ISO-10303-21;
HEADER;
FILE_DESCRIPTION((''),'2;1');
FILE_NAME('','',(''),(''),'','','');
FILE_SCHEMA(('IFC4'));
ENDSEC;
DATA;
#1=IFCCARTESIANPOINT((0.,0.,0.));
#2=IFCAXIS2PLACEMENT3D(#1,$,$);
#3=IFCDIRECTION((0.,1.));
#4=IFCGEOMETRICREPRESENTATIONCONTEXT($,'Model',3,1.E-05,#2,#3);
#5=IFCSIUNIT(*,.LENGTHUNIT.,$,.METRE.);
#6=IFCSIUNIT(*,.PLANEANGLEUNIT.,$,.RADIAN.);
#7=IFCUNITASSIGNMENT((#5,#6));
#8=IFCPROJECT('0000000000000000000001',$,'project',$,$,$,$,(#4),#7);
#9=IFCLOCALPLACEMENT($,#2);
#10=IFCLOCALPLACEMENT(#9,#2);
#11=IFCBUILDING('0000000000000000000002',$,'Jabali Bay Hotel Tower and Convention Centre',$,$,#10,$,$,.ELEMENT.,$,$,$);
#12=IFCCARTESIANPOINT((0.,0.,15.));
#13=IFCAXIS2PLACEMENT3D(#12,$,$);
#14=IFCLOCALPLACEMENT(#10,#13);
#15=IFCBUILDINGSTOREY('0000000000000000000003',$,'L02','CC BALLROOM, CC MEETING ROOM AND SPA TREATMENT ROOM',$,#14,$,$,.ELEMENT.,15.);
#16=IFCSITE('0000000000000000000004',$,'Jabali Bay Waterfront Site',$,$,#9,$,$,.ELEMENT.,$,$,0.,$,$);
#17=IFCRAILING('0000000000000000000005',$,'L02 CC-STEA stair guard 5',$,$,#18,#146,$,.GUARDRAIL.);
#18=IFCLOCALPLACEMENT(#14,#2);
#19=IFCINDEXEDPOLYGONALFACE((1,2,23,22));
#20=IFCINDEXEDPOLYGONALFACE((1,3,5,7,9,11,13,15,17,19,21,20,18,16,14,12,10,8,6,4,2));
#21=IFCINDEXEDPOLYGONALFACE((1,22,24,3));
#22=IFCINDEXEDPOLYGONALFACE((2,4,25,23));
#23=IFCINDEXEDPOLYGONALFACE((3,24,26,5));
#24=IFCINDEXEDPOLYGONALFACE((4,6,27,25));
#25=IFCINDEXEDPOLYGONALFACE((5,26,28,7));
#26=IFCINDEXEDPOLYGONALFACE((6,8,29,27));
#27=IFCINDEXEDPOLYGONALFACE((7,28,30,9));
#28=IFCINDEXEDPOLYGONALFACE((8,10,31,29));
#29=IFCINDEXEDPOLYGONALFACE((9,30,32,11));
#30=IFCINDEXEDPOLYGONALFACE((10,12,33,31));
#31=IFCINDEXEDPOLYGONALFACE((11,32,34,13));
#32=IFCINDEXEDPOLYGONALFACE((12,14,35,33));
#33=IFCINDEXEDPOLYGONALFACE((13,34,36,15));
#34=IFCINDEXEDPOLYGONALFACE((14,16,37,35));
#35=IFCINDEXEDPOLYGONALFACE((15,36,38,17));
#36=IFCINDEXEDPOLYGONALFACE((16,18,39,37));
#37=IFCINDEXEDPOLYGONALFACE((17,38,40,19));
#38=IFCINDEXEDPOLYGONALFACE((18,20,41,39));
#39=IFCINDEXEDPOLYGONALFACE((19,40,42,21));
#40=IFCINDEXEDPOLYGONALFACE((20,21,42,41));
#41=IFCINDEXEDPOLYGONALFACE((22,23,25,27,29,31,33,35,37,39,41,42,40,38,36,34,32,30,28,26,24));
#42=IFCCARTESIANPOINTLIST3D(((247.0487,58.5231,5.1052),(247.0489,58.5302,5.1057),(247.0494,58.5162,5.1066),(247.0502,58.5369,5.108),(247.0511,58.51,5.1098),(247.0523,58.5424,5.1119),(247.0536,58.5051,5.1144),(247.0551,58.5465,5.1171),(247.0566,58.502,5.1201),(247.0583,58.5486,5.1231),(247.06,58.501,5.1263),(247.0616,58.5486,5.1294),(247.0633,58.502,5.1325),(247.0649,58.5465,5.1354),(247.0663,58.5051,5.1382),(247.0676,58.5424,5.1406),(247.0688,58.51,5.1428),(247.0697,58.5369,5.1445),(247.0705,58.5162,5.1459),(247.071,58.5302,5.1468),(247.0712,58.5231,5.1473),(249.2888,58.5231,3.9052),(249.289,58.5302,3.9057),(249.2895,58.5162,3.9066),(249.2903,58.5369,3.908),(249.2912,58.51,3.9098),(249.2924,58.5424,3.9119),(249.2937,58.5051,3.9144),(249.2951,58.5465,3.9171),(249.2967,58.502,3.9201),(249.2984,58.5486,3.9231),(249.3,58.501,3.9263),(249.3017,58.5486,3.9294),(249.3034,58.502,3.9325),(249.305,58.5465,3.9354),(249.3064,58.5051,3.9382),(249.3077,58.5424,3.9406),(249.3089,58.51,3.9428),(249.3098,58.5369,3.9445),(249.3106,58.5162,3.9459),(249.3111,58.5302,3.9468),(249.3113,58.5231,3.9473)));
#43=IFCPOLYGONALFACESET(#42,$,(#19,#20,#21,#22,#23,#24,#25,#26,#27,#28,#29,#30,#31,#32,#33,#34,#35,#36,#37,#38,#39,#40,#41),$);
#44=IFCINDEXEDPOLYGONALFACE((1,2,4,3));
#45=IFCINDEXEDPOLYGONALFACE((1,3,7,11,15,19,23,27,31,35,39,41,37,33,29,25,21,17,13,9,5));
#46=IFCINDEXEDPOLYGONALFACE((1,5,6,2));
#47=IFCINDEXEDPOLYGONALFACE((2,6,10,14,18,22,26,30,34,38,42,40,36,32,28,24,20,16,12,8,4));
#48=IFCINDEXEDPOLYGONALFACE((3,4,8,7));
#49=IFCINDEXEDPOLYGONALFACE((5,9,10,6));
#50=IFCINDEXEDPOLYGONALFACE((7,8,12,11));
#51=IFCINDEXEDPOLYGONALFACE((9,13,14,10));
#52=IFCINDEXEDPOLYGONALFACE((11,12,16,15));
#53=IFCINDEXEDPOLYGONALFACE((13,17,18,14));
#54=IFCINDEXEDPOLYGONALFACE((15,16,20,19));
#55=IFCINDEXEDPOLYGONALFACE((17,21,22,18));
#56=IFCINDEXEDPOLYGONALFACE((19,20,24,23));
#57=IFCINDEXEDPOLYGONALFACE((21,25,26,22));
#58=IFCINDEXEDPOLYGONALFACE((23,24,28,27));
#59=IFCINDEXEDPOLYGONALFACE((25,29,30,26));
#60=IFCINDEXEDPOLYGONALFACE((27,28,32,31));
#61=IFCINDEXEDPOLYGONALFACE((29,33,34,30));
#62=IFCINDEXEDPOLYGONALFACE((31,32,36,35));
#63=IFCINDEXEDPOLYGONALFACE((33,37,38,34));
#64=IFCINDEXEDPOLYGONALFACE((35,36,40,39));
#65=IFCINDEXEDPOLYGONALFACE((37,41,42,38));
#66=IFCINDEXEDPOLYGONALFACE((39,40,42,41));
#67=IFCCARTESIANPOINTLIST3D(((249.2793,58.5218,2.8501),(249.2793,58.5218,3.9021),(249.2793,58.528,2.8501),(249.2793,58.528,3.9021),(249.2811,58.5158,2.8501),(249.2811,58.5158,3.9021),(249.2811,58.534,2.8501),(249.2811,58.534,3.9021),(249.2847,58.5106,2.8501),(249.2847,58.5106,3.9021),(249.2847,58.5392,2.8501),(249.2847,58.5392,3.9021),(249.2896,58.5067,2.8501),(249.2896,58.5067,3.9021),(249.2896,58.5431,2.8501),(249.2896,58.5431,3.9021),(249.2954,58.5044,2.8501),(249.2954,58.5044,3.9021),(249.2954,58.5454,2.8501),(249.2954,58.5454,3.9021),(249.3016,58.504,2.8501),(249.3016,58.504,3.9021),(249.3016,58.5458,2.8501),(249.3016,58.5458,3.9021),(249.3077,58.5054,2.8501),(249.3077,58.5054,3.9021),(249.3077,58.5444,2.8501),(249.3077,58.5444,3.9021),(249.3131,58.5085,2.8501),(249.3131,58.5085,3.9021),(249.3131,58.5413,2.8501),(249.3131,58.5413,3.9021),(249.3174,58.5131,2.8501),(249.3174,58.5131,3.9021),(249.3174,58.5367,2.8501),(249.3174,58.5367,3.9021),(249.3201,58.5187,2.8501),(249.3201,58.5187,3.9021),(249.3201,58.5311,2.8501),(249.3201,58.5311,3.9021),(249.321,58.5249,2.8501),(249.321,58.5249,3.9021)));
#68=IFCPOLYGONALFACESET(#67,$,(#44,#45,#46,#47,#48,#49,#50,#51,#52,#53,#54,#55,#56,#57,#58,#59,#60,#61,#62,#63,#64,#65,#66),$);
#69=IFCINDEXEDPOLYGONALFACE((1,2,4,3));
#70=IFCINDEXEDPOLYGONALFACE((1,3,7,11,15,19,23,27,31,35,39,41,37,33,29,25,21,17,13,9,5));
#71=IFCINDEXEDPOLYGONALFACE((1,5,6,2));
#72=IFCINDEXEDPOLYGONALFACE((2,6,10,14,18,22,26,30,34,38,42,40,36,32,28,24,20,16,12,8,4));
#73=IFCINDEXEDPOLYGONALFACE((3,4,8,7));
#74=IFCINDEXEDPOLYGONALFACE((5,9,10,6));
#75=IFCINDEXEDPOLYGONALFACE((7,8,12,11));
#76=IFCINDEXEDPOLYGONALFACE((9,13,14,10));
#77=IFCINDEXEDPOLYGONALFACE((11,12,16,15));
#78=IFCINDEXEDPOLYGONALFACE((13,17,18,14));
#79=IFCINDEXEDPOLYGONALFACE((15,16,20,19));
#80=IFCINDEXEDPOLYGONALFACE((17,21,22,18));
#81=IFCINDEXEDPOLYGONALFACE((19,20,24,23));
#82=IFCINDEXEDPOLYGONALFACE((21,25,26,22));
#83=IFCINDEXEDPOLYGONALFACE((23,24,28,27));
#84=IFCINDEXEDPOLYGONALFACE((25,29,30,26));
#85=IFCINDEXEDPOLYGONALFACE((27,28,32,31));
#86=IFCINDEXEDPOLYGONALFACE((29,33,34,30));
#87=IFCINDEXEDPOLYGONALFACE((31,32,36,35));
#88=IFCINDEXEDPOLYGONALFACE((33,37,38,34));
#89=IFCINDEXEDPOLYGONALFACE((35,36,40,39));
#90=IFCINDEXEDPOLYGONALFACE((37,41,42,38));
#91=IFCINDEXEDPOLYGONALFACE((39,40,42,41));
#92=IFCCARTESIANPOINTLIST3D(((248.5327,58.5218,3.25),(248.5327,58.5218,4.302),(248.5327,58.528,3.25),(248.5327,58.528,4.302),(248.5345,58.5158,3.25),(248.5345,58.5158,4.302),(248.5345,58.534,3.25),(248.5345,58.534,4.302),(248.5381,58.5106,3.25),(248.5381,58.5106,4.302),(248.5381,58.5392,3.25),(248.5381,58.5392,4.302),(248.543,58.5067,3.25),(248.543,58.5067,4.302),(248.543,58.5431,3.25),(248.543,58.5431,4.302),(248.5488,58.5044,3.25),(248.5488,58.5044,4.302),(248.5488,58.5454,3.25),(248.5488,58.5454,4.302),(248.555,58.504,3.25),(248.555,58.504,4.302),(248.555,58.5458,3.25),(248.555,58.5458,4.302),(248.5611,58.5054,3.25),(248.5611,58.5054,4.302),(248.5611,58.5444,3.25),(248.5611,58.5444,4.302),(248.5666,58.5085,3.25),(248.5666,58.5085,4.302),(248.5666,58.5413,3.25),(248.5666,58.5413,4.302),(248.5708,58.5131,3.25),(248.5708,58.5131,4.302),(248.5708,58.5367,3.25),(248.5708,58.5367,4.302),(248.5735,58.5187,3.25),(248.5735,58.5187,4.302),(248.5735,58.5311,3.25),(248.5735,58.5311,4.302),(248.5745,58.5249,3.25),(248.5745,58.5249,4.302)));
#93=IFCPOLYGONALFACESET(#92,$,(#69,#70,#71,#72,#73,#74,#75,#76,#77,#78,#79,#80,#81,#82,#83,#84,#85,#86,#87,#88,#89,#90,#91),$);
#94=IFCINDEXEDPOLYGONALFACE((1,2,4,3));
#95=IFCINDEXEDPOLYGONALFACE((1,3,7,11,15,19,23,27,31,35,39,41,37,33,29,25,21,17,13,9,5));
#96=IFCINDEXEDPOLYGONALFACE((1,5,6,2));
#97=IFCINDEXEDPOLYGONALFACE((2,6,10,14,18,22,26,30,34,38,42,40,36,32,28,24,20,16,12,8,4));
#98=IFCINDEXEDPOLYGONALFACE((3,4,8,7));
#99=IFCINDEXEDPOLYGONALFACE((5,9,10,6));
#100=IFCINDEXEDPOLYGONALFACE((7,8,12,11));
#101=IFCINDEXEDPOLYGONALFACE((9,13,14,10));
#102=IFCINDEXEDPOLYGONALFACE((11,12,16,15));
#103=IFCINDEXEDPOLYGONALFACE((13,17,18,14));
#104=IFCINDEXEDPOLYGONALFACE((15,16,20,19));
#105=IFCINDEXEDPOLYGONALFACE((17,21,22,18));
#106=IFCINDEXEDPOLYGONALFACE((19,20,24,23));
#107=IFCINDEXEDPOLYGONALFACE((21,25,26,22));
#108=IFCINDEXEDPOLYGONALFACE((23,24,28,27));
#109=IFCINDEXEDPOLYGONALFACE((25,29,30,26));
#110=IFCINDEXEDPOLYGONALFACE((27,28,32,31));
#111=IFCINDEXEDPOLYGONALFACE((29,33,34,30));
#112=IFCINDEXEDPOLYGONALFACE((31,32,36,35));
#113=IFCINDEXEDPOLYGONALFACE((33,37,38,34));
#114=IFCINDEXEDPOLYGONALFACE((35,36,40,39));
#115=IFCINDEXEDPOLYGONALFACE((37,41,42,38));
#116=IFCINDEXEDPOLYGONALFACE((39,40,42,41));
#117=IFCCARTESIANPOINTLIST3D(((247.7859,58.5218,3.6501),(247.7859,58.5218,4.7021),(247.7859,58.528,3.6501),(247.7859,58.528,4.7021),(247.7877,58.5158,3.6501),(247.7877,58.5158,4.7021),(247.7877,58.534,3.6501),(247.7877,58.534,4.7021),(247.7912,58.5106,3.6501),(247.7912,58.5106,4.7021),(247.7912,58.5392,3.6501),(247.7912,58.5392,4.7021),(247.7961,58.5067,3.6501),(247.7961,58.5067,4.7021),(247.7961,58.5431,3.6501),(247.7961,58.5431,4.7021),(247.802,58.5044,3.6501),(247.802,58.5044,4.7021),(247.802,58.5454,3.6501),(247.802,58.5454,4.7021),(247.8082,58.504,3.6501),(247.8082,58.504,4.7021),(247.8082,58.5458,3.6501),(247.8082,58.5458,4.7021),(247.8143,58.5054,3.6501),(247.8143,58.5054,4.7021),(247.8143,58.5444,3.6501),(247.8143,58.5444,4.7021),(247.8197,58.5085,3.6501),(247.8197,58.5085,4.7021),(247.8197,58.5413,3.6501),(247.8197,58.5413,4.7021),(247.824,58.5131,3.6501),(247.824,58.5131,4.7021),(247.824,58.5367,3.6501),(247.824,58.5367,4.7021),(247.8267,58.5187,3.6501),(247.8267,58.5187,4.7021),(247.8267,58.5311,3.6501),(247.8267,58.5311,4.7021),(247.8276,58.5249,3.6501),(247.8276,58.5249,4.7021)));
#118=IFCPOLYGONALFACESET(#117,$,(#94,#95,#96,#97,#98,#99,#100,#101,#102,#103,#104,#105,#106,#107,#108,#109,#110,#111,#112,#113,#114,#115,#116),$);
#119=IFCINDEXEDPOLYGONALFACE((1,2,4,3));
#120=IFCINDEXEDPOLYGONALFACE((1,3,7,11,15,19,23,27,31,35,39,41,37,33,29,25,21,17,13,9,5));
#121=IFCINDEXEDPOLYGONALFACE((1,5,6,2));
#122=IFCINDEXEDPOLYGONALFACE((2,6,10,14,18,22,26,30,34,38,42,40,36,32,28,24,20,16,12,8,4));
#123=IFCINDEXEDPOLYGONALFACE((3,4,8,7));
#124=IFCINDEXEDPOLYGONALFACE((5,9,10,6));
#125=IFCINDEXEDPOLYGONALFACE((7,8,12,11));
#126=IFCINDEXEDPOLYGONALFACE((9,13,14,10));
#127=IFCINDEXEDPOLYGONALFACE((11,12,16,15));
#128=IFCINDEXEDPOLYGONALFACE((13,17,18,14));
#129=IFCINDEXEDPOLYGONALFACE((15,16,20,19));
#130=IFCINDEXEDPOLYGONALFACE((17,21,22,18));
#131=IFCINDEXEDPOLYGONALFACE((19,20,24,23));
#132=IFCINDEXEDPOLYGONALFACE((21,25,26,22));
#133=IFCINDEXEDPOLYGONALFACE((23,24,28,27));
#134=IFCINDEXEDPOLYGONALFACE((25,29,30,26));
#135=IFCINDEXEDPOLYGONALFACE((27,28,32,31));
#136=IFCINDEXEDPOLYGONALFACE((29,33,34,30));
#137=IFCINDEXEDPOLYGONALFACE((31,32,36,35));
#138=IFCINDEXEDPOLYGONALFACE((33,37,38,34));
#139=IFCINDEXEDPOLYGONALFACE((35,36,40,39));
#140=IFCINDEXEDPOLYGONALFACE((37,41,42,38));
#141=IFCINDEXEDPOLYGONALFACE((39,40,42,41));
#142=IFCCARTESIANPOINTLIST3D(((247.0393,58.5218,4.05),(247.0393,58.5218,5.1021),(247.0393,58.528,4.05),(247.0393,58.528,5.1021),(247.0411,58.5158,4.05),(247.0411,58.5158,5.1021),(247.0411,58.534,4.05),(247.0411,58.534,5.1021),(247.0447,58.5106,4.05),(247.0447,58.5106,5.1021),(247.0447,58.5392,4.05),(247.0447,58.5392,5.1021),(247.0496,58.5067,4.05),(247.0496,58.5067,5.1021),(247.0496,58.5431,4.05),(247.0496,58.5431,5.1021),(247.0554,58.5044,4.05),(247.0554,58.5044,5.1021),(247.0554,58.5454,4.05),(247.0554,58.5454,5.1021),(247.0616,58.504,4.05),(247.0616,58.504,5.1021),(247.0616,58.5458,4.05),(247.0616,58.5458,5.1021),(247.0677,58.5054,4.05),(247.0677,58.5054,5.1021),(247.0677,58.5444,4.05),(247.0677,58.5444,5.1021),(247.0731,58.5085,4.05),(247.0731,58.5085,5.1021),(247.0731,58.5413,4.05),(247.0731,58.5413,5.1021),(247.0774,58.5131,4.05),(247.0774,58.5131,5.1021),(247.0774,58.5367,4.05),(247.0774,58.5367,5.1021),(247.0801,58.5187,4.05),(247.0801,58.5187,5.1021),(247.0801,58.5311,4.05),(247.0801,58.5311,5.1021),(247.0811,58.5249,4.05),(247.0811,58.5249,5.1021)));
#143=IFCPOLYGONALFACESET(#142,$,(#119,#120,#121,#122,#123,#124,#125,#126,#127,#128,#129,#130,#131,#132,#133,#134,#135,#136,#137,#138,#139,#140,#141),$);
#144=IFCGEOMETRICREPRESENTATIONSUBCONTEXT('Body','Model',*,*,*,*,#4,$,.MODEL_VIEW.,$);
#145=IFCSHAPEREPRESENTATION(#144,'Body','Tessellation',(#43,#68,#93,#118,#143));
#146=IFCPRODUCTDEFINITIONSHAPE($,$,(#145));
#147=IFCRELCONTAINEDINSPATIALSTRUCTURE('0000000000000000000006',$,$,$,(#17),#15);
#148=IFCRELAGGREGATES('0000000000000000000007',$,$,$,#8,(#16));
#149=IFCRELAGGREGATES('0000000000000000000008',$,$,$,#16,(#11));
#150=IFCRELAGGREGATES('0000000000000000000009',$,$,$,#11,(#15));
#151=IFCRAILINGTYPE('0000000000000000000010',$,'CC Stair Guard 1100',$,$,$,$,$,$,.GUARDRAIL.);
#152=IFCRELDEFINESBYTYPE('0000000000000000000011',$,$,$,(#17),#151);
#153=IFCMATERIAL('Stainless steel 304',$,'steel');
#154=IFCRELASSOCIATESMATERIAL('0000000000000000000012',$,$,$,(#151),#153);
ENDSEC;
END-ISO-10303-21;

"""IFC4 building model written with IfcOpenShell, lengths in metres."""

from ifc_helpers import new_model, si_unit, direction, frame, origin, origin_2d, place, context, subcontext, project, spatial, circle, extrude, material, type_object, element, save


model = new_model("IFC4")

# Units and contexts
model_context = context("Model", 3, precision=1e-05, world=origin(), true_north=direction((0.0, 1.0)))
body_context = subcontext(model_context, "Body", "Model", "MODEL_VIEW")
ifc_project = project(units=[si_unit("LENGTHUNIT", "METRE"), si_unit("PLANEANGLEUNIT", "RADIAN")], contexts=[model_context])

# Site, building, storey
site_placement = place(None, origin())
site = spatial("IfcSite", under=ifc_project, at=site_placement, Name="Jabali Bay Waterfront Site", CompositionType="ELEMENT", RefElevation=0.0)
building_placement = place(site_placement, origin())
building = spatial("IfcBuilding", under=site, at=building_placement, Name="Jabali Bay Hotel Tower and Convention Centre", CompositionType="ELEMENT")
storey_placement = place(building_placement, frame((0.0, 0.0, 15.0)))
storey = spatial("IfcBuildingStorey", under=building, at=storey_placement, Name="L02", Description="CC BALLROOM, CC MEETING ROOM AND SPA TREATMENT ROOM", CompositionType="ELEMENT", Elevation=15.0)

# Railing
ifc_material_1 = material(Name="Stainless steel 304", Category="steel")
railing_type_1 = type_object("IfcRailingType", Name="CC Stair Guard 1100", PredefinedType="GUARDRAIL", material=ifc_material_1)
railing_1_placement = place(storey_placement, frame((249.3, 58.5249, 2.8501)))
element("IfcRailing", 1, at=railing_1_placement, inside=storey, type_object=railing_type_1, Name="L02 CC-STEA stair guard 5", PredefinedType="GUARDRAIL", context=body_context, shape_type="SweptSolid", body=[
    extrude(circle(Radius=0.0239, at=origin_2d()), frame((0.0, 0.0, 1.0762), z_axis=(-0.881487, 0.0, 0.472208), x_axis=(0.0, -1.0, 0.0)), (0.0, 0.0, 1.0), 2.5413),
    extrude(circle(Radius=0.021, at=origin_2d()), origin(), (0.0, 0.0, 1.0), 1.052),
    extrude(circle(Radius=0.021, at=origin_2d()), frame((-0.7466, 0.0, 0.3999)), (0.0, 0.0, 1.0), 1.052),
    extrude(circle(Radius=0.021, at=origin_2d()), frame((-1.4934, 0.0, 0.8)), (0.0, 0.0, 1.0), 1.052),
    extrude(circle(Radius=0.021, at=origin_2d()), frame((-2.24, 0.0, 1.2)), (0.0, 0.0, 1.0), 1.052),
])

save(model, "model.ifc")
